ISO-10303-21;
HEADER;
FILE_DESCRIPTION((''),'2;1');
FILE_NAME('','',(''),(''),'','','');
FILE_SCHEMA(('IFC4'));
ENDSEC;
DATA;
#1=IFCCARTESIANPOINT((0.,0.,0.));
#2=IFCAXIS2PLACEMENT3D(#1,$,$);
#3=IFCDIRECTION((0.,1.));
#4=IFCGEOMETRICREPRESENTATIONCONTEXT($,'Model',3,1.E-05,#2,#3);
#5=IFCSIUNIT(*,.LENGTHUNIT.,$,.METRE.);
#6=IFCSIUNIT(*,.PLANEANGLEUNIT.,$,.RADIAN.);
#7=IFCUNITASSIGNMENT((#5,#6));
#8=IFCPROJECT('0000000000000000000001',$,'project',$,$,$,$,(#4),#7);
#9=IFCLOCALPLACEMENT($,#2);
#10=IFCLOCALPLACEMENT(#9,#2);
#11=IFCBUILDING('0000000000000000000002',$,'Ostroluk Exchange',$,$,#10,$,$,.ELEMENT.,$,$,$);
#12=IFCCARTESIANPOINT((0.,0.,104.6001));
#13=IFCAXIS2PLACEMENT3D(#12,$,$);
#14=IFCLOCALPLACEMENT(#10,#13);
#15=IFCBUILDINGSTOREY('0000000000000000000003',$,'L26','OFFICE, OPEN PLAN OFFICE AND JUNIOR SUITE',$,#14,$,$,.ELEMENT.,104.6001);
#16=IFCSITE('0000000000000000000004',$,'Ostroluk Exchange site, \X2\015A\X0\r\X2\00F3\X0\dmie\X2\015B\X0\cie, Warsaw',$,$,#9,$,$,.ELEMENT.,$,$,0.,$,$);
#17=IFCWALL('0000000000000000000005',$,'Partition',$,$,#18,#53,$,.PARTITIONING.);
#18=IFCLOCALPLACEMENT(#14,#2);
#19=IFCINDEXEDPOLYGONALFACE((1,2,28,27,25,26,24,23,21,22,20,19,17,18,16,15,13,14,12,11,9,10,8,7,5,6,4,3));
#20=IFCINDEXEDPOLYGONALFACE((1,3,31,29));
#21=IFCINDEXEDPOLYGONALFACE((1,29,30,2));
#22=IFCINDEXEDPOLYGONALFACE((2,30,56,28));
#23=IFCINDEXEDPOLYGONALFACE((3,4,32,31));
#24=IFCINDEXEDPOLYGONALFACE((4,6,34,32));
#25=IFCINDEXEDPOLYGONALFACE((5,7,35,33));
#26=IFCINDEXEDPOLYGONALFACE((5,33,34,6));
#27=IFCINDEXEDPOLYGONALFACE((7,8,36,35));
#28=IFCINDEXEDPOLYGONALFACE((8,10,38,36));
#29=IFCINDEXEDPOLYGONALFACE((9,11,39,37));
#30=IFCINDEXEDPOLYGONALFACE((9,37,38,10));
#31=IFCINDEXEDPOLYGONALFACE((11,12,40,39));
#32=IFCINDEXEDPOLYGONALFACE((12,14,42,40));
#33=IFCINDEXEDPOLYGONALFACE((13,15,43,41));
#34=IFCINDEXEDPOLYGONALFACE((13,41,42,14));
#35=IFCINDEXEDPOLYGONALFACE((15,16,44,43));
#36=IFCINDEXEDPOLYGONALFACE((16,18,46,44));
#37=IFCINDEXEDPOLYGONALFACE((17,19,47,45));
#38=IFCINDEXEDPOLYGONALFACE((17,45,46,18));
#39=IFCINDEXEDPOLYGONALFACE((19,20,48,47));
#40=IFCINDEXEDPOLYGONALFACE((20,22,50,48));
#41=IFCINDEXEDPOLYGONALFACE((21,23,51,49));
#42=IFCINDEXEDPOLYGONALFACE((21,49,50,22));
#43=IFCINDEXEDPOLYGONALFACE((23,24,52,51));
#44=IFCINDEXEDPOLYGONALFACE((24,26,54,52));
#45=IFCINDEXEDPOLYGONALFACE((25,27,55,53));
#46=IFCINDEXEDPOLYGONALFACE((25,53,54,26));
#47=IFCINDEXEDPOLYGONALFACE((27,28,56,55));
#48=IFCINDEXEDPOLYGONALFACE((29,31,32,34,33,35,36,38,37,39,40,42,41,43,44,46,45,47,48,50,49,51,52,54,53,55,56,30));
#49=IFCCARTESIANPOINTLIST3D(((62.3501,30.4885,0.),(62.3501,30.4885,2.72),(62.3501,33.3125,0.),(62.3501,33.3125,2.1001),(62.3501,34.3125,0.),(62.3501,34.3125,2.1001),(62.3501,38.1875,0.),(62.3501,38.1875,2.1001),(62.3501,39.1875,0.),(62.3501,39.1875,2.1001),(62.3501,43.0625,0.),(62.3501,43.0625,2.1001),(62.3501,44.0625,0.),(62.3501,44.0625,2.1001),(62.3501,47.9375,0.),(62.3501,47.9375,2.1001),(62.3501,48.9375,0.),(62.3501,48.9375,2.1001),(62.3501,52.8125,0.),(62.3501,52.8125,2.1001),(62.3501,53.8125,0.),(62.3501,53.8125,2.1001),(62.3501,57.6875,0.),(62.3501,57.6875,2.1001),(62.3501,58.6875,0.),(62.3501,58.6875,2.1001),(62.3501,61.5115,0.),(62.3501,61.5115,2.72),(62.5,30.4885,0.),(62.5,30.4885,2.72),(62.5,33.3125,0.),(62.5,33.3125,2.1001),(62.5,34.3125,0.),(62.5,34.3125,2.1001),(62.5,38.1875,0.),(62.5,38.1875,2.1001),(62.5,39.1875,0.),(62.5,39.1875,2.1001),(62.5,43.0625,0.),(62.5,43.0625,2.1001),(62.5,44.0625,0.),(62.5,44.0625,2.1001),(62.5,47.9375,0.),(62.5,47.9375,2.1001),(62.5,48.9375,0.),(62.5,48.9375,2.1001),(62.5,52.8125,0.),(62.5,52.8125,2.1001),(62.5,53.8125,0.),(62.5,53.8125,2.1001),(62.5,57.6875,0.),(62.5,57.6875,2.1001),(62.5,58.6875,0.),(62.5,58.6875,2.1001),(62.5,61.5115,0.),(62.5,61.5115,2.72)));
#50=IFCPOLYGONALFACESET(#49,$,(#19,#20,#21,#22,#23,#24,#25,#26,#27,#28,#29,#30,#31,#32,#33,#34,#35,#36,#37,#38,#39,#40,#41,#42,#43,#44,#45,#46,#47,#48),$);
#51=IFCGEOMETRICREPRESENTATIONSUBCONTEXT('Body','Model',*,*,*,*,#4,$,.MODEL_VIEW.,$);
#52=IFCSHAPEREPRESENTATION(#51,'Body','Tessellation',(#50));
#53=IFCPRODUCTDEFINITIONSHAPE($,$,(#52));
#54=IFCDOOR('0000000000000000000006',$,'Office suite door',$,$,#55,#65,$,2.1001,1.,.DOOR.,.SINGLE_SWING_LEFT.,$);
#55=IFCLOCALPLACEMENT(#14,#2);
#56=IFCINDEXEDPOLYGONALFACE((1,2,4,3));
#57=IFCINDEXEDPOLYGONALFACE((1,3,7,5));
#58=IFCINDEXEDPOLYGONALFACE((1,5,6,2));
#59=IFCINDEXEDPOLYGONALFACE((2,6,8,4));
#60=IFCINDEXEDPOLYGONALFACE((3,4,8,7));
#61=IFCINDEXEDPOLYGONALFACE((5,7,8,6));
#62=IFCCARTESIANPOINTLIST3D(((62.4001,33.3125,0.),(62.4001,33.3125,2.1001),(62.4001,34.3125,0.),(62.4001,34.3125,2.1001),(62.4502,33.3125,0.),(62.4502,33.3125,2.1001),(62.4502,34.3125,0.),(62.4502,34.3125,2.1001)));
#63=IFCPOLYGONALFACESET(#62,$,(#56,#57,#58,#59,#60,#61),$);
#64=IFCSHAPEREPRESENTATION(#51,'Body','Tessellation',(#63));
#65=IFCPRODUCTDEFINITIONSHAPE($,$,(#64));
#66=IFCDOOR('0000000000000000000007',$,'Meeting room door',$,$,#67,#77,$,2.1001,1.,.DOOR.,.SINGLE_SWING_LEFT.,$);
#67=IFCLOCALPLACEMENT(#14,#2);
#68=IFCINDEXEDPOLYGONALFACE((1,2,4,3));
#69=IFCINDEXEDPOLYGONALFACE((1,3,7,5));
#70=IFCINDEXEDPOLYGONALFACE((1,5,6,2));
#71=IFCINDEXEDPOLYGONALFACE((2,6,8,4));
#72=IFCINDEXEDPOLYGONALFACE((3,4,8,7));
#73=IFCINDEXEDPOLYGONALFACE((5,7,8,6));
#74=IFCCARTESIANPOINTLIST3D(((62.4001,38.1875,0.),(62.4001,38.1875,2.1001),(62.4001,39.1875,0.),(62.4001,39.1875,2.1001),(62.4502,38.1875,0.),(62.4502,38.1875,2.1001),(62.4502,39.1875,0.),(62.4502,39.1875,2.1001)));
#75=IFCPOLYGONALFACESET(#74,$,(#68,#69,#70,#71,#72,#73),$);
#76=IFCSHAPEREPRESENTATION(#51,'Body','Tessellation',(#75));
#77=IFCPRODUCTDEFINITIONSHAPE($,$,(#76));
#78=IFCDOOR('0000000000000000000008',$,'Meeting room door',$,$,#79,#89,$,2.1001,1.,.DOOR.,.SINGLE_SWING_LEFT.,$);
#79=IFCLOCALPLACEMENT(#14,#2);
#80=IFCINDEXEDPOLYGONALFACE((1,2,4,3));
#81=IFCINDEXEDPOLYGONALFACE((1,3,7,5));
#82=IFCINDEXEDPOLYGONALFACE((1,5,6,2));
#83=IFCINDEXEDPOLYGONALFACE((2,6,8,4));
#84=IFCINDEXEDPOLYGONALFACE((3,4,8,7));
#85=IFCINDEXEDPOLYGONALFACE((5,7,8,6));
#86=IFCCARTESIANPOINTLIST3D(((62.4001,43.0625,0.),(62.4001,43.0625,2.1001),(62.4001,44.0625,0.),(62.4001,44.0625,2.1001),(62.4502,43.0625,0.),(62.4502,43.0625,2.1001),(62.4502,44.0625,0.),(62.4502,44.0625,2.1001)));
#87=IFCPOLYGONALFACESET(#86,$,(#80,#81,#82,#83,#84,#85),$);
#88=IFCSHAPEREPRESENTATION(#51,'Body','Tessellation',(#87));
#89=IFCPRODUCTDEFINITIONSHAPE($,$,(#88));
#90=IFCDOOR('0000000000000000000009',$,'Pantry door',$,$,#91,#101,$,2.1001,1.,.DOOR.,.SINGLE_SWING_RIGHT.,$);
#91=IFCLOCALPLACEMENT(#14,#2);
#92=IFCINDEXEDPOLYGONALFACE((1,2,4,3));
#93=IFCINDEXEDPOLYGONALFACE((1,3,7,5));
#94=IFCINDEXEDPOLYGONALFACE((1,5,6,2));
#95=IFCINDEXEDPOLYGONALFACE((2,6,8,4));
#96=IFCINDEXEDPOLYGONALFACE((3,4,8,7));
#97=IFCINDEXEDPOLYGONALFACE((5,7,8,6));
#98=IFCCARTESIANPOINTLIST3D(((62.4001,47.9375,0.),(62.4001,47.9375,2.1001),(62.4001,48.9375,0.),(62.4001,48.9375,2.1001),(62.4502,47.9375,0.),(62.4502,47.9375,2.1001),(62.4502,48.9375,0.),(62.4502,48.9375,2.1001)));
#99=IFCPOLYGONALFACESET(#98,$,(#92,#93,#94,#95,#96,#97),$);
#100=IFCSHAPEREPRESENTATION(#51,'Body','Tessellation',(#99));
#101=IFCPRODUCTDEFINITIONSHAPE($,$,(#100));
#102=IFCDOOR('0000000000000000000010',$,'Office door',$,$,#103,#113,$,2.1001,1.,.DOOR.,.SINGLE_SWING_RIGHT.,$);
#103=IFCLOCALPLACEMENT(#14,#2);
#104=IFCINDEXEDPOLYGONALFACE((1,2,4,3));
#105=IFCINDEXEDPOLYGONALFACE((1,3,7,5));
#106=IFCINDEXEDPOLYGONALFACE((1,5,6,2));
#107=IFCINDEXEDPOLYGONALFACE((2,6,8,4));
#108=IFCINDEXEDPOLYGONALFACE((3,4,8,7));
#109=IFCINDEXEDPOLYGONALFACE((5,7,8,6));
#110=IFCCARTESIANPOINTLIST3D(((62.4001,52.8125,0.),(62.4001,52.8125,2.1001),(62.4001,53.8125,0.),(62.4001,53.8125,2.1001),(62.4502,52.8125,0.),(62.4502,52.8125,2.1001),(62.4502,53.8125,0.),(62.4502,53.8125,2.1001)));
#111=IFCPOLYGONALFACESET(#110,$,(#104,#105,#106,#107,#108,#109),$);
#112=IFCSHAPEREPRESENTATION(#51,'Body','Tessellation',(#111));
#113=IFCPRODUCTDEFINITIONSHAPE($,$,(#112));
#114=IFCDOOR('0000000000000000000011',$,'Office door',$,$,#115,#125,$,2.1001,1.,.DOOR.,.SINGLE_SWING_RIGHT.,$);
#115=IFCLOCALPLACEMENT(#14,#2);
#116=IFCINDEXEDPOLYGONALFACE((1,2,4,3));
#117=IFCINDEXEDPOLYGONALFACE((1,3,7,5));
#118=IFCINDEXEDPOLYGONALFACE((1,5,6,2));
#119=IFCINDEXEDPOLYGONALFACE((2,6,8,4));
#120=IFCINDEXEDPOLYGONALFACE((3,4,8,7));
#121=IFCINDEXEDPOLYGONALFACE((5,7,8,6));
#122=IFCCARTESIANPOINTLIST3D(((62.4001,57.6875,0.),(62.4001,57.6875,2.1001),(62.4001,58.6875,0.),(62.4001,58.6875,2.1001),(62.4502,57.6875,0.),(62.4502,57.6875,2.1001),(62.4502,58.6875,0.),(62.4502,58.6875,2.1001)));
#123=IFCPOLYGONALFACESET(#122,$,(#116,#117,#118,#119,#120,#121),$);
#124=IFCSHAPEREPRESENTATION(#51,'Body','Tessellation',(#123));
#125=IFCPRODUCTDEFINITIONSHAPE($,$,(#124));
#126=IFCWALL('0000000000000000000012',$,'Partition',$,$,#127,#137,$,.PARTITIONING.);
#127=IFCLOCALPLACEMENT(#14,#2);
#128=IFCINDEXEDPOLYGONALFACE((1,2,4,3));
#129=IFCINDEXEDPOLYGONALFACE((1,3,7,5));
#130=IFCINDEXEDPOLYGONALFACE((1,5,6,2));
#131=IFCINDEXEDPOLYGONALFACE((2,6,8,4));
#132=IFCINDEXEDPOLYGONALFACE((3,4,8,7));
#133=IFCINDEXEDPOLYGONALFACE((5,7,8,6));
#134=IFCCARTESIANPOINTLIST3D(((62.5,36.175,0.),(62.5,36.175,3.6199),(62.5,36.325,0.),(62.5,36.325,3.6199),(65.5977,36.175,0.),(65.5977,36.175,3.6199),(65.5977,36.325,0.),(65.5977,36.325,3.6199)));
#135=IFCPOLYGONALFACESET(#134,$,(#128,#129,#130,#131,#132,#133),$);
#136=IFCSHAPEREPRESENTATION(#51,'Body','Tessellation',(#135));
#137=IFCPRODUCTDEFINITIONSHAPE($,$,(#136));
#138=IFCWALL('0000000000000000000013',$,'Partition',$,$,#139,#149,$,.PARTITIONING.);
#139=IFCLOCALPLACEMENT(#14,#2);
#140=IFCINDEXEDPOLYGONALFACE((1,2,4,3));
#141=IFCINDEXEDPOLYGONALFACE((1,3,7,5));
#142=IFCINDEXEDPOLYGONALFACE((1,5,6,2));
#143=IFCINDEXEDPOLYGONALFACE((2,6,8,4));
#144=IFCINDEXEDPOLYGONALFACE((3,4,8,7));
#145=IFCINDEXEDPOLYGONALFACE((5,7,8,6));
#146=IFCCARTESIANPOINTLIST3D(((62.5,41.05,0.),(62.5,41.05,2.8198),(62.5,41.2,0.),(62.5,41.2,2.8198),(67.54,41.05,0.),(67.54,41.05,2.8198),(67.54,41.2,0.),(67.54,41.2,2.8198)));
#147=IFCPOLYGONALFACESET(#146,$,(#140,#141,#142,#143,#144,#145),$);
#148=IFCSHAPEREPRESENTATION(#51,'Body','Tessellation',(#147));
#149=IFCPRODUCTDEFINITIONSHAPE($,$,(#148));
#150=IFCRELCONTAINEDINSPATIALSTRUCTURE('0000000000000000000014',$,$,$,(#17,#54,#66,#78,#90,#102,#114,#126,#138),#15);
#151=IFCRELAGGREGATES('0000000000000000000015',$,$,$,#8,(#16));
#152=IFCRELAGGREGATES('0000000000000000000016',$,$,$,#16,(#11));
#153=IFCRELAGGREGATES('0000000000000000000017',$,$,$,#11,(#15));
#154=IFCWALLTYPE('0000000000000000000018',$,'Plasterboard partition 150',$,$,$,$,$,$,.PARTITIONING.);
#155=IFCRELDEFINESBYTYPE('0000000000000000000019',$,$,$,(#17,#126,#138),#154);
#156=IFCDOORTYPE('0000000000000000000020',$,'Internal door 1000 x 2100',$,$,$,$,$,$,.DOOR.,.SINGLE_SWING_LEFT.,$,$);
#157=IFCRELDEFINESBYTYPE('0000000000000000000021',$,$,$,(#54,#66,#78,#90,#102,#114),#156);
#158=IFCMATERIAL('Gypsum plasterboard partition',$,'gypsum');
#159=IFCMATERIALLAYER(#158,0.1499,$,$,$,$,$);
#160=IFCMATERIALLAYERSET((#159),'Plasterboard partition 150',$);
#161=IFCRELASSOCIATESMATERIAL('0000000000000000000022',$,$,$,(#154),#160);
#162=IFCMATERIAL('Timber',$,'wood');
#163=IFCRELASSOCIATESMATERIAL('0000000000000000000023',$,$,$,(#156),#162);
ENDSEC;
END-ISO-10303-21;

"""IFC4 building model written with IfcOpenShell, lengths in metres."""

from ifc_helpers import new_model, si_unit, direction, frame, frame_2d, origin, place, context, subcontext, project, spatial, rectangle, extrude, material, layer, layer_set, type_object, element, fill, save


model = new_model("IFC4")

# Units and contexts
model_context = context("Model", 3, precision=1e-05, world=origin(), true_north=direction((0.0, 1.0)))
body_context = subcontext(model_context, "Body", "Model", "MODEL_VIEW")
ifc_project = project(units=[si_unit("LENGTHUNIT", "METRE"), si_unit("PLANEANGLEUNIT", "RADIAN")], contexts=[model_context])

# Site, building, storey
site_placement = place(None, origin())
site = spatial("IfcSite", under=ifc_project, at=site_placement, Name="Ostroluk Exchange site, Śródmieście, Warsaw", CompositionType="ELEMENT", RefElevation=0.0)
building_placement = place(site_placement, origin())
building = spatial("IfcBuilding", under=site, at=building_placement, Name="Ostroluk Exchange", CompositionType="ELEMENT")
storey_placement = place(building_placement, frame((0.0, 0.0, 104.6001)))
storey = spatial("IfcBuildingStorey", under=building, at=storey_placement, Name="L26", Description="OFFICE, OPEN PLAN OFFICE AND JUNIOR SUITE", CompositionType="ELEMENT", Elevation=104.6001)

# Shared definitions
ifc_material_1 = material(Name="Gypsum plasterboard partition", Category="gypsum")
ifc_layer_1 = layer(ifc_material_1, 0.1499)
ifc_layer_set_1 = layer_set([ifc_layer_1], Name="Plasterboard partition 150")
wall_type_1 = type_object("IfcWallType", Name="Plasterboard partition 150", PredefinedType="PARTITIONING", material=ifc_layer_set_1)
ifc_material_2 = material(Name="Timber", Category="wood")
door_type_1 = type_object("IfcDoorType", Name="Internal door 1000 x 2100", OperationType="SINGLE_SWING_LEFT", PredefinedType="DOOR", material=ifc_material_2)

# Wall, openings, doors
wall_1_placement = place(storey_placement, frame((62.425, 30.4885, 0.0), z_axis=(0.0, 0.0, 1.0), x_axis=(0.0, 1.0, 0.0)))
wall_1 = element("IfcWall", 1, at=wall_1_placement, inside=storey, type_object=wall_type_1, Name="Partition", PredefinedType="PARTITIONING", context=body_context, shape_type="SweptSolid", body=[
    extrude(rectangle(XDim=31.0229, YDim=0.1499, at=frame_2d((15.5115, 0.0))), origin(), (0.0, 0.0, 1.0), 2.72),
])
opening_1_placement = place(wall_1_placement, frame((2.824, 0.0, 0.0)))
opening_1 = element("IfcOpeningElement", 2, at=opening_1_placement, cuts=wall_1, PredefinedType="OPENING", context=body_context, shape_type="SweptSolid", body=[
    extrude(rectangle(XDim=1.0, YDim=2.1001, at=frame_2d((0.5, 1.05))), frame((0.0, 0.085, 0.0), z_axis=(0.0, -1.0, 0.0), x_axis=(1.0, 0.0, 0.0)), (0.0, 0.0, 1.0), 0.1699),
])
opening_2_placement = place(wall_1_placement, frame((7.699, 0.0, 0.0)))
opening_2 = element("IfcOpeningElement", 3, at=opening_2_placement, cuts=wall_1, PredefinedType="OPENING", context=body_context, shape_type="SweptSolid", body=[
    extrude(rectangle(XDim=1.0, YDim=2.1001, at=frame_2d((0.5, 1.05))), frame((0.0, 0.085, 0.0), z_axis=(0.0, -1.0, 0.0), x_axis=(1.0, 0.0, 0.0)), (0.0, 0.0, 1.0), 0.1699),
])
opening_3_placement = place(wall_1_placement, frame((12.574, 0.0, 0.0)))
opening_3 = element("IfcOpeningElement", 4, at=opening_3_placement, cuts=wall_1, PredefinedType="OPENING", context=body_context, shape_type="SweptSolid", body=[
    extrude(rectangle(XDim=1.0, YDim=2.1001, at=frame_2d((0.5, 1.05))), frame((0.0, 0.085, 0.0), z_axis=(0.0, -1.0, 0.0), x_axis=(1.0, 0.0, 0.0)), (0.0, 0.0, 1.0), 0.1699),
])
opening_4_placement = place(wall_1_placement, frame((17.449, 0.0, 0.0)))
opening_4 = element("IfcOpeningElement", 5, at=opening_4_placement, cuts=wall_1, PredefinedType="OPENING", context=body_context, shape_type="SweptSolid", body=[
    extrude(rectangle(XDim=1.0, YDim=2.1001, at=frame_2d((0.5, 1.05))), frame((0.0, 0.085, 0.0), z_axis=(0.0, -1.0, 0.0), x_axis=(1.0, 0.0, 0.0)), (0.0, 0.0, 1.0), 0.1699),
])
opening_5_placement = place(wall_1_placement, frame((22.324, 0.0, 0.0)))
opening_5 = element("IfcOpeningElement", 6, at=opening_5_placement, cuts=wall_1, PredefinedType="OPENING", context=body_context, shape_type="SweptSolid", body=[
    extrude(rectangle(XDim=1.0, YDim=2.1001, at=frame_2d((0.5, 1.05))), frame((0.0, 0.085, 0.0), z_axis=(0.0, -1.0, 0.0), x_axis=(1.0, 0.0, 0.0)), (0.0, 0.0, 1.0), 0.1699),
])
opening_6_placement = place(wall_1_placement, frame((27.199, 0.0, 0.0)))
opening_6 = element("IfcOpeningElement", 7, at=opening_6_placement, cuts=wall_1, PredefinedType="OPENING", context=body_context, shape_type="SweptSolid", body=[
    extrude(rectangle(XDim=1.0, YDim=2.1001, at=frame_2d((0.5, 1.05))), frame((0.0, 0.085, 0.0), z_axis=(0.0, -1.0, 0.0), x_axis=(1.0, 0.0, 0.0)), (0.0, 0.0, 1.0), 0.1699),
])
door_1_placement = place(opening_1_placement, origin())
door_1 = element("IfcDoor", 8, at=door_1_placement, inside=storey, type_object=door_type_1, Name="Office suite door", OperationType="SINGLE_SWING_LEFT", OverallHeight=2.1001, OverallWidth=1.0, PredefinedType="DOOR", context=body_context, shape_type="SweptSolid", body=[
    extrude(rectangle(XDim=1.0, YDim=2.1001, at=frame_2d((0.5, 1.05))), frame((0.0, 0.0249, 0.0), z_axis=(0.0, -1.0, 0.0), x_axis=(1.0, 0.0, 0.0)), (0.0, 0.0, 1.0), 0.05),
])
fill(opening_1, door_1)
door_2_placement = place(opening_2_placement, origin())
door_2 = element("IfcDoor", 9, at=door_2_placement, inside=storey, type_object=door_type_1, Name="Meeting room door", OperationType="SINGLE_SWING_LEFT", OverallHeight=2.1001, OverallWidth=1.0, PredefinedType="DOOR", context=body_context, shape_type="SweptSolid", body=[
    extrude(rectangle(XDim=1.0, YDim=2.1001, at=frame_2d((0.5, 1.05))), frame((0.0, 0.0249, 0.0), z_axis=(0.0, -1.0, 0.0), x_axis=(1.0, 0.0, 0.0)), (0.0, 0.0, 1.0), 0.05),
])
fill(opening_2, door_2)
door_3_placement = place(opening_3_placement, origin())
door_3 = element("IfcDoor", 10, at=door_3_placement, inside=storey, type_object=door_type_1, Name="Meeting room door", OperationType="SINGLE_SWING_LEFT", OverallHeight=2.1001, OverallWidth=1.0, PredefinedType="DOOR", context=body_context, shape_type="SweptSolid", body=[
    extrude(rectangle(XDim=1.0, YDim=2.1001, at=frame_2d((0.5, 1.05))), frame((0.0, 0.0249, 0.0), z_axis=(0.0, -1.0, 0.0), x_axis=(1.0, 0.0, 0.0)), (0.0, 0.0, 1.0), 0.05),
])
fill(opening_3, door_3)
door_4_placement = place(opening_4_placement, origin())
door_4 = element("IfcDoor", 11, at=door_4_placement, inside=storey, type_object=door_type_1, Name="Pantry door", OperationType="SINGLE_SWING_RIGHT", OverallHeight=2.1001, OverallWidth=1.0, PredefinedType="DOOR", context=body_context, shape_type="SweptSolid", body=[
    extrude(rectangle(XDim=1.0, YDim=2.1001, at=frame_2d((0.5, 1.05))), frame((0.0, 0.0249, 0.0), z_axis=(0.0, -1.0, 0.0), x_axis=(1.0, 0.0, 0.0)), (0.0, 0.0, 1.0), 0.05),
])
fill(opening_4, door_4)
door_5_placement = place(opening_5_placement, origin())
door_5 = element("IfcDoor", 12, at=door_5_placement, inside=storey, type_object=door_type_1, Name="Office door", OperationType="SINGLE_SWING_RIGHT", OverallHeight=2.1001, OverallWidth=1.0, PredefinedType="DOOR", context=body_context, shape_type="SweptSolid", body=[
    extrude(rectangle(XDim=1.0, YDim=2.1001, at=frame_2d((0.5, 1.05))), frame((0.0, 0.0249, 0.0), z_axis=(0.0, -1.0, 0.0), x_axis=(1.0, 0.0, 0.0)), (0.0, 0.0, 1.0), 0.05),
])
fill(opening_5, door_5)
door_6_placement = place(opening_6_placement, origin())
door_6 = element("IfcDoor", 13, at=door_6_placement, inside=storey, type_object=door_type_1, Name="Office door", OperationType="SINGLE_SWING_RIGHT", OverallHeight=2.1001, OverallWidth=1.0, PredefinedType="DOOR", context=body_context, shape_type="SweptSolid", body=[
    extrude(rectangle(XDim=1.0, YDim=2.1001, at=frame_2d((0.5, 1.05))), frame((0.0, 0.0249, 0.0), z_axis=(0.0, -1.0, 0.0), x_axis=(1.0, 0.0, 0.0)), (0.0, 0.0, 1.0), 0.05),
])
fill(opening_6, door_6)

# Walls
wall_2_placement = place(storey_placement, frame((62.5, 36.25, 0.0), z_axis=(0.0, 0.0, 1.0), x_axis=(1.0, 0.0, 0.0)))
element("IfcWall", 14, at=wall_2_placement, inside=storey, type_object=wall_type_1, Name="Partition", PredefinedType="PARTITIONING", context=body_context, shape_type="SweptSolid", body=[
    extrude(rectangle(XDim=3.0977, YDim=0.1499, at=frame_2d((1.5488, 0.0))), origin(), (0.0, 0.0, 1.0), 3.6199),
])
wall_3_placement = place(storey_placement, frame((62.5, 41.125, 0.0), z_axis=(0.0, 0.0, 1.0), x_axis=(1.0, 0.0, 0.0)))
element("IfcWall", 15, at=wall_3_placement, inside=storey, type_object=wall_type_1, Name="Partition", PredefinedType="PARTITIONING", context=body_context, shape_type="SweptSolid", body=[
    extrude(rectangle(XDim=5.04, YDim=0.1499, at=frame_2d((2.52, 0.0))), origin(), (0.0, 0.0, 1.0), 2.8198),
])

save(model, "model.ifc")
